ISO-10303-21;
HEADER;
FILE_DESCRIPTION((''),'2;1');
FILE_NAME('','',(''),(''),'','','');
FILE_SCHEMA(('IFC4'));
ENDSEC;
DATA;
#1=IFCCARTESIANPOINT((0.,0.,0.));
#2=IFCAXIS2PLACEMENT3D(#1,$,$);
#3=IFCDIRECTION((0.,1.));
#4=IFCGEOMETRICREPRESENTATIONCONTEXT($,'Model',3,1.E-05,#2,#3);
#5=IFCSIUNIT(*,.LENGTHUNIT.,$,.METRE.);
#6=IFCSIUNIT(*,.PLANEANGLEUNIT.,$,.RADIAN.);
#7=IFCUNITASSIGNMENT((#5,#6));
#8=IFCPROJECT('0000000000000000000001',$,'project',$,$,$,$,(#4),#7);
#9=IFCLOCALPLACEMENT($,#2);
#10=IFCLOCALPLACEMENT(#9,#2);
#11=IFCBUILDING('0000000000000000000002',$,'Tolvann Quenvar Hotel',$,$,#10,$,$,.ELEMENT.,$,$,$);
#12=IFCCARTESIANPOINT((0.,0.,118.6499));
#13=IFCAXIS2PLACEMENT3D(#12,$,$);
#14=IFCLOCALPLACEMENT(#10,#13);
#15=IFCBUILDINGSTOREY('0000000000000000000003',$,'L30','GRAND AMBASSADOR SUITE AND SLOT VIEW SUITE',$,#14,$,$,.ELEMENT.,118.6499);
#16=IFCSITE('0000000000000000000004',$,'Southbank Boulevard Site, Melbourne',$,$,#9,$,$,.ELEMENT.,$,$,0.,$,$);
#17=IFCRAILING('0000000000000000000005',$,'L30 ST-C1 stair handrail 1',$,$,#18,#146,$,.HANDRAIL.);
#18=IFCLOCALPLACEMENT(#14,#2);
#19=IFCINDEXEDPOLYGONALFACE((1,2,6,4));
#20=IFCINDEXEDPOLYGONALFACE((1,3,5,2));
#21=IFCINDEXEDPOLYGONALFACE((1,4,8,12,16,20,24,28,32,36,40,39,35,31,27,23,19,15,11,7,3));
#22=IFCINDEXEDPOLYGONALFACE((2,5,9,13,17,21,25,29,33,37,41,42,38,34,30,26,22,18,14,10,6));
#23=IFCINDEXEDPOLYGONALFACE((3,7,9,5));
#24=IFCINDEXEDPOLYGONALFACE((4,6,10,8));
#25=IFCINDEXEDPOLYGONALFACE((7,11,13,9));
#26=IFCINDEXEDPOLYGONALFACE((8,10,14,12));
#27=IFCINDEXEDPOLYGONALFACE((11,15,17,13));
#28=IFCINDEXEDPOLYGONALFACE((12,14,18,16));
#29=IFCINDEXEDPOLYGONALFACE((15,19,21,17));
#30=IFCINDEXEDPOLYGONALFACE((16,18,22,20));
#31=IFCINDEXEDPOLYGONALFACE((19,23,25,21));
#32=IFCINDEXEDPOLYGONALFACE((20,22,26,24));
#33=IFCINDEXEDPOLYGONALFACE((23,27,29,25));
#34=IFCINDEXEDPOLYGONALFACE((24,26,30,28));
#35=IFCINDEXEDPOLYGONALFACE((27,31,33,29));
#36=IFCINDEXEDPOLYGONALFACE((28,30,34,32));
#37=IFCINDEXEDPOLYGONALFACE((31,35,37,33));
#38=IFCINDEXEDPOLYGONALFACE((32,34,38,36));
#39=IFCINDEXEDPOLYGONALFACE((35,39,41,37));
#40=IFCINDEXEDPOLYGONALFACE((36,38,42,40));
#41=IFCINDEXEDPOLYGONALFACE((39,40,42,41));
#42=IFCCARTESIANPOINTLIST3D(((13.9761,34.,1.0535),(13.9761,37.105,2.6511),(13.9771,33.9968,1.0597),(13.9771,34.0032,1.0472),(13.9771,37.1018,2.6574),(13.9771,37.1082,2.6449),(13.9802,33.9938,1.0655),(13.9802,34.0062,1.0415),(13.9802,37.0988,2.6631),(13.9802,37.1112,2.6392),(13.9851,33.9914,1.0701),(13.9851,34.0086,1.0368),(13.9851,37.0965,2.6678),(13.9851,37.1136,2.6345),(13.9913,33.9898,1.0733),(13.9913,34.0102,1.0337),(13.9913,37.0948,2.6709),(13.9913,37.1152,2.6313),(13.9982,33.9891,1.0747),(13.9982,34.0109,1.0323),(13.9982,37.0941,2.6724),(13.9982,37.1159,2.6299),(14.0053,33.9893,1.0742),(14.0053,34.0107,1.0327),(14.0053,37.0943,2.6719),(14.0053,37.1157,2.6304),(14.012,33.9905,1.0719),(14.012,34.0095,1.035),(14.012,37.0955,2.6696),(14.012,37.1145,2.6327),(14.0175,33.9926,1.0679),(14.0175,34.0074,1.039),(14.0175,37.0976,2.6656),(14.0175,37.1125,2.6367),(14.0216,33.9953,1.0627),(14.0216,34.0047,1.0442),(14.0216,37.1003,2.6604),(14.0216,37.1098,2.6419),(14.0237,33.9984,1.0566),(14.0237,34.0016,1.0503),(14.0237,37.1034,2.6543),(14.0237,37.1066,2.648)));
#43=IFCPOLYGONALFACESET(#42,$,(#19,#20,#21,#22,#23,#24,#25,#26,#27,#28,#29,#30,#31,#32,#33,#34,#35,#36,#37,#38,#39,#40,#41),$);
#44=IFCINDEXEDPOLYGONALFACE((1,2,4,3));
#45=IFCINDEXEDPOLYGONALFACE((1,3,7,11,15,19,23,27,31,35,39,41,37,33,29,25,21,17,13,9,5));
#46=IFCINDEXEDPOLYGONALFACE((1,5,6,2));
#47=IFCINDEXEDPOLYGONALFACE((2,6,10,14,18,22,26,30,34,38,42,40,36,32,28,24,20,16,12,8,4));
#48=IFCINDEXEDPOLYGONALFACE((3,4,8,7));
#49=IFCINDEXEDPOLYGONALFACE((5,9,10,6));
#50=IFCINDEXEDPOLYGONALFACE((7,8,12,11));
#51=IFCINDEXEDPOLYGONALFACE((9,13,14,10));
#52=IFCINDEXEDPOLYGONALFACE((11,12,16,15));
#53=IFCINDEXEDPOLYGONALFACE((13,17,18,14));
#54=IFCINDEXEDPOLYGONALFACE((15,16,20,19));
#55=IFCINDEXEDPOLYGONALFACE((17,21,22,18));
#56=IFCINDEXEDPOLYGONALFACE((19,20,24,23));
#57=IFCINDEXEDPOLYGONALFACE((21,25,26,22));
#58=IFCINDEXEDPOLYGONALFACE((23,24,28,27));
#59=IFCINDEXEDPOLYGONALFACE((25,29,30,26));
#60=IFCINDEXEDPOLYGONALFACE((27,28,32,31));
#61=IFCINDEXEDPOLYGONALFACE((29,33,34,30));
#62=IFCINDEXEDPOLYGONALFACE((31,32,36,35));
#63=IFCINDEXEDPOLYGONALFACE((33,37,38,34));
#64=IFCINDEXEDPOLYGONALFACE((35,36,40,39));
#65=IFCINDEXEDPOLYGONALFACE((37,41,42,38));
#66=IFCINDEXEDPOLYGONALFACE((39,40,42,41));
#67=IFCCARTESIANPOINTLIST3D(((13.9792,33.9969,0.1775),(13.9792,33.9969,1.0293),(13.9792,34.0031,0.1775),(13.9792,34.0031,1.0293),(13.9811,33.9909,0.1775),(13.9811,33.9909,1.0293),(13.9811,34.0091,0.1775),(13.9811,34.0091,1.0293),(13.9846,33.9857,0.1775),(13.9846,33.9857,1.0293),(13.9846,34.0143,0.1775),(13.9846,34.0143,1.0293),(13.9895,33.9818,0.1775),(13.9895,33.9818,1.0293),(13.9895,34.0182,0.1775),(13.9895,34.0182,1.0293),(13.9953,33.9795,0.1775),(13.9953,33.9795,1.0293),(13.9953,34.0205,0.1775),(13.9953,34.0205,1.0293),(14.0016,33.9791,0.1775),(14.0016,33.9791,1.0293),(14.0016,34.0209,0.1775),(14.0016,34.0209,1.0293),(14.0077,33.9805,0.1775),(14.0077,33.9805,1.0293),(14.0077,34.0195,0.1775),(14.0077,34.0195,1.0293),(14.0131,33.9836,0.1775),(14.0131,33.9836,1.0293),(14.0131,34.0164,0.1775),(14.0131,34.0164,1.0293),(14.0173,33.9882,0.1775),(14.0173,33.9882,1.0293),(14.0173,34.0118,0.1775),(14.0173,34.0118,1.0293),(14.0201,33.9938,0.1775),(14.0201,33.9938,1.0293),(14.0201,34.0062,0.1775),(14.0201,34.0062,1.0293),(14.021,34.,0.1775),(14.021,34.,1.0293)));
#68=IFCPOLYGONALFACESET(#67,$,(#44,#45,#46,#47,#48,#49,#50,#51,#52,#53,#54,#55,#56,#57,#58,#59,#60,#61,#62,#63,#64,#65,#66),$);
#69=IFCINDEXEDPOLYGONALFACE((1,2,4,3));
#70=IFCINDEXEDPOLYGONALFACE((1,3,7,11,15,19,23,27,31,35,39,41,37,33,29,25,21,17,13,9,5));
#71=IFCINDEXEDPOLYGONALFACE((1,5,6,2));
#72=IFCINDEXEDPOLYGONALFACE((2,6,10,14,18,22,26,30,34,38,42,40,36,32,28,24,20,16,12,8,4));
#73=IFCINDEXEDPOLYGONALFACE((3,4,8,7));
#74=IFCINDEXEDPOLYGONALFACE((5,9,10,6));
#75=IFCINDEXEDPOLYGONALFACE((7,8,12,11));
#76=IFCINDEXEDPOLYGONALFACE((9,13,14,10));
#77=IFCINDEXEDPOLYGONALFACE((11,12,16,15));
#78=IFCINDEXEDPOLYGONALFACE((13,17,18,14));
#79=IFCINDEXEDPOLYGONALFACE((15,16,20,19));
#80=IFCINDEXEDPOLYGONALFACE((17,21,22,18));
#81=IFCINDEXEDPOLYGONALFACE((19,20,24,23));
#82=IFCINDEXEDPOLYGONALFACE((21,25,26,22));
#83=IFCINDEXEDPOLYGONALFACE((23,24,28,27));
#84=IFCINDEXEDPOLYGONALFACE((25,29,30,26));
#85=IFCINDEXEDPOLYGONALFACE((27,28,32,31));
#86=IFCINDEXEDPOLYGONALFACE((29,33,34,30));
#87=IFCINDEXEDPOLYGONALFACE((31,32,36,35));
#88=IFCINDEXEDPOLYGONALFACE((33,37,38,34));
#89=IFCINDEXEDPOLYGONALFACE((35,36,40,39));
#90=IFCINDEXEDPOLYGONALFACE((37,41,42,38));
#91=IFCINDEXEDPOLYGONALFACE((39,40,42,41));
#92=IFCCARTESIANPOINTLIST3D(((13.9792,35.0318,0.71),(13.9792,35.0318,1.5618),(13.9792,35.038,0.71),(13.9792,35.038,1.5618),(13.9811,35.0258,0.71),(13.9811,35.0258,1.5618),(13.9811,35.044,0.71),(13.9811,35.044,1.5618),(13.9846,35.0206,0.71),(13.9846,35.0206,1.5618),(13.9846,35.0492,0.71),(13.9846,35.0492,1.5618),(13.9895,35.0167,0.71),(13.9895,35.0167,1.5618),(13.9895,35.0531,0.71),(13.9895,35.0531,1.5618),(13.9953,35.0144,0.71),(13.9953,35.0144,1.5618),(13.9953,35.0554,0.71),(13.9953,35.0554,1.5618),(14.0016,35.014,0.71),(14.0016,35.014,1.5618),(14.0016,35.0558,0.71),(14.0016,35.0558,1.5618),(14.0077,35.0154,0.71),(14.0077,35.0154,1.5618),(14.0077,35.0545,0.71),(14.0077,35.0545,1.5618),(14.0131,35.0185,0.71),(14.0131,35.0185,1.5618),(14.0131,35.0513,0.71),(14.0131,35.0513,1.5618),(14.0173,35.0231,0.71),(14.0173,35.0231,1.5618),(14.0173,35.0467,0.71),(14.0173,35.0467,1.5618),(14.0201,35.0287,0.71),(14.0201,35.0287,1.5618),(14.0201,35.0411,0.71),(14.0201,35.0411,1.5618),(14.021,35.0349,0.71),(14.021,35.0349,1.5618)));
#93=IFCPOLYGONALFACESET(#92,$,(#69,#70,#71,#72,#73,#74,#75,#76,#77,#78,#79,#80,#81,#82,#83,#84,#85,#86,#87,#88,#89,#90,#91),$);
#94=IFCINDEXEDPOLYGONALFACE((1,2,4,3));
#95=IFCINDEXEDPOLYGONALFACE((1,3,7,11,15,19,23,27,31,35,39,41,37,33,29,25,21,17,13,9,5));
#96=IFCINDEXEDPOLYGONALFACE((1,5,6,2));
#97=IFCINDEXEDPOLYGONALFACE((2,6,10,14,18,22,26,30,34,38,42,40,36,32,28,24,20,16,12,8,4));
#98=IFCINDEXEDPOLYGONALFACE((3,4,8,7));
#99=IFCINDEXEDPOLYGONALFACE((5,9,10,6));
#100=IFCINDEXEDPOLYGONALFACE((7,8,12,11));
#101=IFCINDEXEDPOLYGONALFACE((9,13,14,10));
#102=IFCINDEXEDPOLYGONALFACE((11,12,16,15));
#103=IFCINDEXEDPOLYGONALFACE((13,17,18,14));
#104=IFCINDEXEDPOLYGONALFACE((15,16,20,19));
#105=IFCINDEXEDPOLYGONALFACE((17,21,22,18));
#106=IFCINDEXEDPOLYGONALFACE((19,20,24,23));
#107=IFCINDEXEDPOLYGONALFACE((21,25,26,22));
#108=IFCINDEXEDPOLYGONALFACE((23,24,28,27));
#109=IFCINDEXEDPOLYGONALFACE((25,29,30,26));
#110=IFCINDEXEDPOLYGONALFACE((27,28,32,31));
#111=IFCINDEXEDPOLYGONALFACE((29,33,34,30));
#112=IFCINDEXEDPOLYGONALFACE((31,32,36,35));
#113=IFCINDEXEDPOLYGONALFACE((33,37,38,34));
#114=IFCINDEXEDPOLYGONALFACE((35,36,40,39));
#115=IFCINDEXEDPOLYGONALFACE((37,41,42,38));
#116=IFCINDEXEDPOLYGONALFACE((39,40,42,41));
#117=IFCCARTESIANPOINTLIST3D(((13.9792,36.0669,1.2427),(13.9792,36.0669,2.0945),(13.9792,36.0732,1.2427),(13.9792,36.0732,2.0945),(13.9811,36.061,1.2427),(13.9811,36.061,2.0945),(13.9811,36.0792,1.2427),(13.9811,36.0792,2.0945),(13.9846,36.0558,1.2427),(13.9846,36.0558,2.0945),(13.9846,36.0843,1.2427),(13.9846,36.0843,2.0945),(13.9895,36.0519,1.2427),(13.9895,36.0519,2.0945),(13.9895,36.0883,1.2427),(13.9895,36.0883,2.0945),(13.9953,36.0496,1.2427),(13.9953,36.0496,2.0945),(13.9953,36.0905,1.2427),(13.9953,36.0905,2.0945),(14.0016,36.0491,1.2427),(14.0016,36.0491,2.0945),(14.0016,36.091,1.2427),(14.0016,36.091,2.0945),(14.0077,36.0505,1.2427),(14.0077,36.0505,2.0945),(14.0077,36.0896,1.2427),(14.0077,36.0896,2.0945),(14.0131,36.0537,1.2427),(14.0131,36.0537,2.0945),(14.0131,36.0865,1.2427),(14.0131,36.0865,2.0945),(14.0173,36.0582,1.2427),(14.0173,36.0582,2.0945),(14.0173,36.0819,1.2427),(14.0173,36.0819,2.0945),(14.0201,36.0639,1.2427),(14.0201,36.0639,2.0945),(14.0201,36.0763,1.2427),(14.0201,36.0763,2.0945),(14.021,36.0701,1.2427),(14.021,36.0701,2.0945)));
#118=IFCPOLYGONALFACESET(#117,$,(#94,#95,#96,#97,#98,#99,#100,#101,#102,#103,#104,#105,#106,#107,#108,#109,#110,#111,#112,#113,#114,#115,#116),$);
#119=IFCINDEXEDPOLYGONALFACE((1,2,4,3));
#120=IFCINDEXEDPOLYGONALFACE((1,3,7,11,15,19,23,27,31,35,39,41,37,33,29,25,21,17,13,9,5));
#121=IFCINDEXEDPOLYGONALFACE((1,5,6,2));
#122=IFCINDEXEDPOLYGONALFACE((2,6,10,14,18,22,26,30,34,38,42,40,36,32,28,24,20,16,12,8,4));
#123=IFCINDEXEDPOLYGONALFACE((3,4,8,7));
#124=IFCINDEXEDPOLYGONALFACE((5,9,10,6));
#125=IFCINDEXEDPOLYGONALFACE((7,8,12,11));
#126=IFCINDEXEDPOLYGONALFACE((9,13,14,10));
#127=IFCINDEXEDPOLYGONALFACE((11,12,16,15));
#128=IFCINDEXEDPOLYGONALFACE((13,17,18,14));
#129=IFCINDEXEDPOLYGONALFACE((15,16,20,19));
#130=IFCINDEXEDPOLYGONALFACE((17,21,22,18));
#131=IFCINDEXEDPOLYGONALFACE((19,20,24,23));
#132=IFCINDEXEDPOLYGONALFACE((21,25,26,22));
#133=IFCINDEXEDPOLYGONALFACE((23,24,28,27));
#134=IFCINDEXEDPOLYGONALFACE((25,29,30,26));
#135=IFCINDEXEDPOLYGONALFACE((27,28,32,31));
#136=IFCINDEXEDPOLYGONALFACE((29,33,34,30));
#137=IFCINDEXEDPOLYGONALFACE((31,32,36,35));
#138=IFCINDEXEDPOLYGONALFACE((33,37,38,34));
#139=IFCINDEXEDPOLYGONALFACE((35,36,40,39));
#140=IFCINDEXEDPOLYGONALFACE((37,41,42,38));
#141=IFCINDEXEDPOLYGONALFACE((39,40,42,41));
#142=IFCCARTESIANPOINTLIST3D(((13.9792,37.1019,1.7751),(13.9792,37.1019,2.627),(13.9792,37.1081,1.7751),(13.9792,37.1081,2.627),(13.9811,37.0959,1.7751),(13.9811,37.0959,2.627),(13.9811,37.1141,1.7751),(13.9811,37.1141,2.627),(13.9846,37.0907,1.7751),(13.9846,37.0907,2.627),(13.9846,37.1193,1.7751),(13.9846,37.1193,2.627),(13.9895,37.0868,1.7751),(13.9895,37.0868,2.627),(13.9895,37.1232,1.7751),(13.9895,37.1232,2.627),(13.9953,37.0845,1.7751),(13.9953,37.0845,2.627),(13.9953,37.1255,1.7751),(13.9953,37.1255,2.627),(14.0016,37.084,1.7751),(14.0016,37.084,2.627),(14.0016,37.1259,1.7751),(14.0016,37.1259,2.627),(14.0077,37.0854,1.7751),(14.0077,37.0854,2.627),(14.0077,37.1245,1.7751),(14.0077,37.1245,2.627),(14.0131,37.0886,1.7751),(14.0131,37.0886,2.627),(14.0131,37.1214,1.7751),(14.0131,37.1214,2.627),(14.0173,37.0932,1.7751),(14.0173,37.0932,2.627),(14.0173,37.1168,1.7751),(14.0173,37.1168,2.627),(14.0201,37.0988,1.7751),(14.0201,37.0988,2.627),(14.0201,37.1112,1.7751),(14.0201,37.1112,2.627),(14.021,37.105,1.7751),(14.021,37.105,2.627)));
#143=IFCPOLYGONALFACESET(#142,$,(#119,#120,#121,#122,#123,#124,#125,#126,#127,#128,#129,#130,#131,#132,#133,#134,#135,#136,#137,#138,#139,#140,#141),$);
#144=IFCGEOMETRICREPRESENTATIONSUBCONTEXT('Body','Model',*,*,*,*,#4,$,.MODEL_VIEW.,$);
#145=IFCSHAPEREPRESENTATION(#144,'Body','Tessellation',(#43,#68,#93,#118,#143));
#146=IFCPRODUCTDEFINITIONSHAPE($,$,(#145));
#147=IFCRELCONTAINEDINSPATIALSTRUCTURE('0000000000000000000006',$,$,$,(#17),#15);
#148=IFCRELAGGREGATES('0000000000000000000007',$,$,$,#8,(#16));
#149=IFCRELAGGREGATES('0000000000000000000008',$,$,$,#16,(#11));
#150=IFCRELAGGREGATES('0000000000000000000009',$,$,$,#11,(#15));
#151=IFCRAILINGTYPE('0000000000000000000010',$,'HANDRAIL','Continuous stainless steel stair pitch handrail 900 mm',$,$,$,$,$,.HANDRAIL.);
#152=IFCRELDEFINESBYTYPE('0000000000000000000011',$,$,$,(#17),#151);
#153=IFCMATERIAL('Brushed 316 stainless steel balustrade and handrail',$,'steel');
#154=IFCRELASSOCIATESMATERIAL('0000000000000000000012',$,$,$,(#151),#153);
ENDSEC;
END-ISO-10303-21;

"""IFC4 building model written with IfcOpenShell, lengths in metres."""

from ifc_helpers import new_model, si_unit, direction, frame, origin, origin_2d, place, context, subcontext, project, spatial, circle, extrude, material, type_object, element, save


model = new_model("IFC4")

# Units and contexts
model_context = context("Model", 3, precision=1e-05, world=origin(), true_north=direction((0.0, 1.0)))
body_context = subcontext(model_context, "Body", "Model", "MODEL_VIEW")
ifc_project = project(units=[si_unit("LENGTHUNIT", "METRE"), si_unit("PLANEANGLEUNIT", "RADIAN")], contexts=[model_context])

# Site, building, storey
site_placement = place(None, origin())
site = spatial("IfcSite", under=ifc_project, at=site_placement, Name="Southbank Boulevard Site, Melbourne", CompositionType="ELEMENT", RefElevation=0.0)
building_placement = place(site_placement, origin())
building = spatial("IfcBuilding", under=site, at=building_placement, Name="Tolvann Quenvar Hotel", CompositionType="ELEMENT")
storey_placement = place(building_placement, frame((0.0, 0.0, 118.6499)))
storey = spatial("IfcBuildingStorey", under=building, at=storey_placement, Name="L30", Description="GRAND AMBASSADOR SUITE AND SLOT VIEW SUITE", CompositionType="ELEMENT", Elevation=118.6499)

# Railing
ifc_material_1 = material(Name="Brushed 316 stainless steel balustrade and handrail", Category="steel")
railing_type_1 = type_object("IfcRailingType", Name="HANDRAIL", Description="Continuous stainless steel stair pitch handrail 900 mm", PredefinedType="HANDRAIL", material=ifc_material_1)
railing_1_placement = place(storey_placement, frame((14.0, 34.0, 0.1775)))
element("IfcRailing", 1, at=railing_1_placement, inside=storey, type_object=railing_type_1, Name="L30 ST-C1 stair handrail 1", PredefinedType="HANDRAIL", context=body_context, shape_type="SweptSolid", body=[
    extrude(circle(Radius=0.0239, at=origin_2d()), frame((0.0, 0.0, 0.876), z_axis=(0.0, 0.889194, 0.457531), x_axis=(-1.0, 0.0, 0.0)), (0.0, 0.0, 1.0), 3.4919),
    extrude(circle(Radius=0.021, at=origin_2d()), origin(), (0.0, 0.0, 1.0), 0.8518),
    extrude(circle(Radius=0.021, at=origin_2d()), frame((0.0, 1.0349, 0.5325)), (0.0, 0.0, 1.0), 0.8518),
    extrude(circle(Radius=0.021, at=origin_2d()), frame((0.0, 2.0701, 1.0652)), (0.0, 0.0, 1.0), 0.8518),
    extrude(circle(Radius=0.021, at=origin_2d()), frame((0.0, 3.105, 1.5977)), (0.0, 0.0, 1.0), 0.8518),
])

save(model, "model.ifc")
